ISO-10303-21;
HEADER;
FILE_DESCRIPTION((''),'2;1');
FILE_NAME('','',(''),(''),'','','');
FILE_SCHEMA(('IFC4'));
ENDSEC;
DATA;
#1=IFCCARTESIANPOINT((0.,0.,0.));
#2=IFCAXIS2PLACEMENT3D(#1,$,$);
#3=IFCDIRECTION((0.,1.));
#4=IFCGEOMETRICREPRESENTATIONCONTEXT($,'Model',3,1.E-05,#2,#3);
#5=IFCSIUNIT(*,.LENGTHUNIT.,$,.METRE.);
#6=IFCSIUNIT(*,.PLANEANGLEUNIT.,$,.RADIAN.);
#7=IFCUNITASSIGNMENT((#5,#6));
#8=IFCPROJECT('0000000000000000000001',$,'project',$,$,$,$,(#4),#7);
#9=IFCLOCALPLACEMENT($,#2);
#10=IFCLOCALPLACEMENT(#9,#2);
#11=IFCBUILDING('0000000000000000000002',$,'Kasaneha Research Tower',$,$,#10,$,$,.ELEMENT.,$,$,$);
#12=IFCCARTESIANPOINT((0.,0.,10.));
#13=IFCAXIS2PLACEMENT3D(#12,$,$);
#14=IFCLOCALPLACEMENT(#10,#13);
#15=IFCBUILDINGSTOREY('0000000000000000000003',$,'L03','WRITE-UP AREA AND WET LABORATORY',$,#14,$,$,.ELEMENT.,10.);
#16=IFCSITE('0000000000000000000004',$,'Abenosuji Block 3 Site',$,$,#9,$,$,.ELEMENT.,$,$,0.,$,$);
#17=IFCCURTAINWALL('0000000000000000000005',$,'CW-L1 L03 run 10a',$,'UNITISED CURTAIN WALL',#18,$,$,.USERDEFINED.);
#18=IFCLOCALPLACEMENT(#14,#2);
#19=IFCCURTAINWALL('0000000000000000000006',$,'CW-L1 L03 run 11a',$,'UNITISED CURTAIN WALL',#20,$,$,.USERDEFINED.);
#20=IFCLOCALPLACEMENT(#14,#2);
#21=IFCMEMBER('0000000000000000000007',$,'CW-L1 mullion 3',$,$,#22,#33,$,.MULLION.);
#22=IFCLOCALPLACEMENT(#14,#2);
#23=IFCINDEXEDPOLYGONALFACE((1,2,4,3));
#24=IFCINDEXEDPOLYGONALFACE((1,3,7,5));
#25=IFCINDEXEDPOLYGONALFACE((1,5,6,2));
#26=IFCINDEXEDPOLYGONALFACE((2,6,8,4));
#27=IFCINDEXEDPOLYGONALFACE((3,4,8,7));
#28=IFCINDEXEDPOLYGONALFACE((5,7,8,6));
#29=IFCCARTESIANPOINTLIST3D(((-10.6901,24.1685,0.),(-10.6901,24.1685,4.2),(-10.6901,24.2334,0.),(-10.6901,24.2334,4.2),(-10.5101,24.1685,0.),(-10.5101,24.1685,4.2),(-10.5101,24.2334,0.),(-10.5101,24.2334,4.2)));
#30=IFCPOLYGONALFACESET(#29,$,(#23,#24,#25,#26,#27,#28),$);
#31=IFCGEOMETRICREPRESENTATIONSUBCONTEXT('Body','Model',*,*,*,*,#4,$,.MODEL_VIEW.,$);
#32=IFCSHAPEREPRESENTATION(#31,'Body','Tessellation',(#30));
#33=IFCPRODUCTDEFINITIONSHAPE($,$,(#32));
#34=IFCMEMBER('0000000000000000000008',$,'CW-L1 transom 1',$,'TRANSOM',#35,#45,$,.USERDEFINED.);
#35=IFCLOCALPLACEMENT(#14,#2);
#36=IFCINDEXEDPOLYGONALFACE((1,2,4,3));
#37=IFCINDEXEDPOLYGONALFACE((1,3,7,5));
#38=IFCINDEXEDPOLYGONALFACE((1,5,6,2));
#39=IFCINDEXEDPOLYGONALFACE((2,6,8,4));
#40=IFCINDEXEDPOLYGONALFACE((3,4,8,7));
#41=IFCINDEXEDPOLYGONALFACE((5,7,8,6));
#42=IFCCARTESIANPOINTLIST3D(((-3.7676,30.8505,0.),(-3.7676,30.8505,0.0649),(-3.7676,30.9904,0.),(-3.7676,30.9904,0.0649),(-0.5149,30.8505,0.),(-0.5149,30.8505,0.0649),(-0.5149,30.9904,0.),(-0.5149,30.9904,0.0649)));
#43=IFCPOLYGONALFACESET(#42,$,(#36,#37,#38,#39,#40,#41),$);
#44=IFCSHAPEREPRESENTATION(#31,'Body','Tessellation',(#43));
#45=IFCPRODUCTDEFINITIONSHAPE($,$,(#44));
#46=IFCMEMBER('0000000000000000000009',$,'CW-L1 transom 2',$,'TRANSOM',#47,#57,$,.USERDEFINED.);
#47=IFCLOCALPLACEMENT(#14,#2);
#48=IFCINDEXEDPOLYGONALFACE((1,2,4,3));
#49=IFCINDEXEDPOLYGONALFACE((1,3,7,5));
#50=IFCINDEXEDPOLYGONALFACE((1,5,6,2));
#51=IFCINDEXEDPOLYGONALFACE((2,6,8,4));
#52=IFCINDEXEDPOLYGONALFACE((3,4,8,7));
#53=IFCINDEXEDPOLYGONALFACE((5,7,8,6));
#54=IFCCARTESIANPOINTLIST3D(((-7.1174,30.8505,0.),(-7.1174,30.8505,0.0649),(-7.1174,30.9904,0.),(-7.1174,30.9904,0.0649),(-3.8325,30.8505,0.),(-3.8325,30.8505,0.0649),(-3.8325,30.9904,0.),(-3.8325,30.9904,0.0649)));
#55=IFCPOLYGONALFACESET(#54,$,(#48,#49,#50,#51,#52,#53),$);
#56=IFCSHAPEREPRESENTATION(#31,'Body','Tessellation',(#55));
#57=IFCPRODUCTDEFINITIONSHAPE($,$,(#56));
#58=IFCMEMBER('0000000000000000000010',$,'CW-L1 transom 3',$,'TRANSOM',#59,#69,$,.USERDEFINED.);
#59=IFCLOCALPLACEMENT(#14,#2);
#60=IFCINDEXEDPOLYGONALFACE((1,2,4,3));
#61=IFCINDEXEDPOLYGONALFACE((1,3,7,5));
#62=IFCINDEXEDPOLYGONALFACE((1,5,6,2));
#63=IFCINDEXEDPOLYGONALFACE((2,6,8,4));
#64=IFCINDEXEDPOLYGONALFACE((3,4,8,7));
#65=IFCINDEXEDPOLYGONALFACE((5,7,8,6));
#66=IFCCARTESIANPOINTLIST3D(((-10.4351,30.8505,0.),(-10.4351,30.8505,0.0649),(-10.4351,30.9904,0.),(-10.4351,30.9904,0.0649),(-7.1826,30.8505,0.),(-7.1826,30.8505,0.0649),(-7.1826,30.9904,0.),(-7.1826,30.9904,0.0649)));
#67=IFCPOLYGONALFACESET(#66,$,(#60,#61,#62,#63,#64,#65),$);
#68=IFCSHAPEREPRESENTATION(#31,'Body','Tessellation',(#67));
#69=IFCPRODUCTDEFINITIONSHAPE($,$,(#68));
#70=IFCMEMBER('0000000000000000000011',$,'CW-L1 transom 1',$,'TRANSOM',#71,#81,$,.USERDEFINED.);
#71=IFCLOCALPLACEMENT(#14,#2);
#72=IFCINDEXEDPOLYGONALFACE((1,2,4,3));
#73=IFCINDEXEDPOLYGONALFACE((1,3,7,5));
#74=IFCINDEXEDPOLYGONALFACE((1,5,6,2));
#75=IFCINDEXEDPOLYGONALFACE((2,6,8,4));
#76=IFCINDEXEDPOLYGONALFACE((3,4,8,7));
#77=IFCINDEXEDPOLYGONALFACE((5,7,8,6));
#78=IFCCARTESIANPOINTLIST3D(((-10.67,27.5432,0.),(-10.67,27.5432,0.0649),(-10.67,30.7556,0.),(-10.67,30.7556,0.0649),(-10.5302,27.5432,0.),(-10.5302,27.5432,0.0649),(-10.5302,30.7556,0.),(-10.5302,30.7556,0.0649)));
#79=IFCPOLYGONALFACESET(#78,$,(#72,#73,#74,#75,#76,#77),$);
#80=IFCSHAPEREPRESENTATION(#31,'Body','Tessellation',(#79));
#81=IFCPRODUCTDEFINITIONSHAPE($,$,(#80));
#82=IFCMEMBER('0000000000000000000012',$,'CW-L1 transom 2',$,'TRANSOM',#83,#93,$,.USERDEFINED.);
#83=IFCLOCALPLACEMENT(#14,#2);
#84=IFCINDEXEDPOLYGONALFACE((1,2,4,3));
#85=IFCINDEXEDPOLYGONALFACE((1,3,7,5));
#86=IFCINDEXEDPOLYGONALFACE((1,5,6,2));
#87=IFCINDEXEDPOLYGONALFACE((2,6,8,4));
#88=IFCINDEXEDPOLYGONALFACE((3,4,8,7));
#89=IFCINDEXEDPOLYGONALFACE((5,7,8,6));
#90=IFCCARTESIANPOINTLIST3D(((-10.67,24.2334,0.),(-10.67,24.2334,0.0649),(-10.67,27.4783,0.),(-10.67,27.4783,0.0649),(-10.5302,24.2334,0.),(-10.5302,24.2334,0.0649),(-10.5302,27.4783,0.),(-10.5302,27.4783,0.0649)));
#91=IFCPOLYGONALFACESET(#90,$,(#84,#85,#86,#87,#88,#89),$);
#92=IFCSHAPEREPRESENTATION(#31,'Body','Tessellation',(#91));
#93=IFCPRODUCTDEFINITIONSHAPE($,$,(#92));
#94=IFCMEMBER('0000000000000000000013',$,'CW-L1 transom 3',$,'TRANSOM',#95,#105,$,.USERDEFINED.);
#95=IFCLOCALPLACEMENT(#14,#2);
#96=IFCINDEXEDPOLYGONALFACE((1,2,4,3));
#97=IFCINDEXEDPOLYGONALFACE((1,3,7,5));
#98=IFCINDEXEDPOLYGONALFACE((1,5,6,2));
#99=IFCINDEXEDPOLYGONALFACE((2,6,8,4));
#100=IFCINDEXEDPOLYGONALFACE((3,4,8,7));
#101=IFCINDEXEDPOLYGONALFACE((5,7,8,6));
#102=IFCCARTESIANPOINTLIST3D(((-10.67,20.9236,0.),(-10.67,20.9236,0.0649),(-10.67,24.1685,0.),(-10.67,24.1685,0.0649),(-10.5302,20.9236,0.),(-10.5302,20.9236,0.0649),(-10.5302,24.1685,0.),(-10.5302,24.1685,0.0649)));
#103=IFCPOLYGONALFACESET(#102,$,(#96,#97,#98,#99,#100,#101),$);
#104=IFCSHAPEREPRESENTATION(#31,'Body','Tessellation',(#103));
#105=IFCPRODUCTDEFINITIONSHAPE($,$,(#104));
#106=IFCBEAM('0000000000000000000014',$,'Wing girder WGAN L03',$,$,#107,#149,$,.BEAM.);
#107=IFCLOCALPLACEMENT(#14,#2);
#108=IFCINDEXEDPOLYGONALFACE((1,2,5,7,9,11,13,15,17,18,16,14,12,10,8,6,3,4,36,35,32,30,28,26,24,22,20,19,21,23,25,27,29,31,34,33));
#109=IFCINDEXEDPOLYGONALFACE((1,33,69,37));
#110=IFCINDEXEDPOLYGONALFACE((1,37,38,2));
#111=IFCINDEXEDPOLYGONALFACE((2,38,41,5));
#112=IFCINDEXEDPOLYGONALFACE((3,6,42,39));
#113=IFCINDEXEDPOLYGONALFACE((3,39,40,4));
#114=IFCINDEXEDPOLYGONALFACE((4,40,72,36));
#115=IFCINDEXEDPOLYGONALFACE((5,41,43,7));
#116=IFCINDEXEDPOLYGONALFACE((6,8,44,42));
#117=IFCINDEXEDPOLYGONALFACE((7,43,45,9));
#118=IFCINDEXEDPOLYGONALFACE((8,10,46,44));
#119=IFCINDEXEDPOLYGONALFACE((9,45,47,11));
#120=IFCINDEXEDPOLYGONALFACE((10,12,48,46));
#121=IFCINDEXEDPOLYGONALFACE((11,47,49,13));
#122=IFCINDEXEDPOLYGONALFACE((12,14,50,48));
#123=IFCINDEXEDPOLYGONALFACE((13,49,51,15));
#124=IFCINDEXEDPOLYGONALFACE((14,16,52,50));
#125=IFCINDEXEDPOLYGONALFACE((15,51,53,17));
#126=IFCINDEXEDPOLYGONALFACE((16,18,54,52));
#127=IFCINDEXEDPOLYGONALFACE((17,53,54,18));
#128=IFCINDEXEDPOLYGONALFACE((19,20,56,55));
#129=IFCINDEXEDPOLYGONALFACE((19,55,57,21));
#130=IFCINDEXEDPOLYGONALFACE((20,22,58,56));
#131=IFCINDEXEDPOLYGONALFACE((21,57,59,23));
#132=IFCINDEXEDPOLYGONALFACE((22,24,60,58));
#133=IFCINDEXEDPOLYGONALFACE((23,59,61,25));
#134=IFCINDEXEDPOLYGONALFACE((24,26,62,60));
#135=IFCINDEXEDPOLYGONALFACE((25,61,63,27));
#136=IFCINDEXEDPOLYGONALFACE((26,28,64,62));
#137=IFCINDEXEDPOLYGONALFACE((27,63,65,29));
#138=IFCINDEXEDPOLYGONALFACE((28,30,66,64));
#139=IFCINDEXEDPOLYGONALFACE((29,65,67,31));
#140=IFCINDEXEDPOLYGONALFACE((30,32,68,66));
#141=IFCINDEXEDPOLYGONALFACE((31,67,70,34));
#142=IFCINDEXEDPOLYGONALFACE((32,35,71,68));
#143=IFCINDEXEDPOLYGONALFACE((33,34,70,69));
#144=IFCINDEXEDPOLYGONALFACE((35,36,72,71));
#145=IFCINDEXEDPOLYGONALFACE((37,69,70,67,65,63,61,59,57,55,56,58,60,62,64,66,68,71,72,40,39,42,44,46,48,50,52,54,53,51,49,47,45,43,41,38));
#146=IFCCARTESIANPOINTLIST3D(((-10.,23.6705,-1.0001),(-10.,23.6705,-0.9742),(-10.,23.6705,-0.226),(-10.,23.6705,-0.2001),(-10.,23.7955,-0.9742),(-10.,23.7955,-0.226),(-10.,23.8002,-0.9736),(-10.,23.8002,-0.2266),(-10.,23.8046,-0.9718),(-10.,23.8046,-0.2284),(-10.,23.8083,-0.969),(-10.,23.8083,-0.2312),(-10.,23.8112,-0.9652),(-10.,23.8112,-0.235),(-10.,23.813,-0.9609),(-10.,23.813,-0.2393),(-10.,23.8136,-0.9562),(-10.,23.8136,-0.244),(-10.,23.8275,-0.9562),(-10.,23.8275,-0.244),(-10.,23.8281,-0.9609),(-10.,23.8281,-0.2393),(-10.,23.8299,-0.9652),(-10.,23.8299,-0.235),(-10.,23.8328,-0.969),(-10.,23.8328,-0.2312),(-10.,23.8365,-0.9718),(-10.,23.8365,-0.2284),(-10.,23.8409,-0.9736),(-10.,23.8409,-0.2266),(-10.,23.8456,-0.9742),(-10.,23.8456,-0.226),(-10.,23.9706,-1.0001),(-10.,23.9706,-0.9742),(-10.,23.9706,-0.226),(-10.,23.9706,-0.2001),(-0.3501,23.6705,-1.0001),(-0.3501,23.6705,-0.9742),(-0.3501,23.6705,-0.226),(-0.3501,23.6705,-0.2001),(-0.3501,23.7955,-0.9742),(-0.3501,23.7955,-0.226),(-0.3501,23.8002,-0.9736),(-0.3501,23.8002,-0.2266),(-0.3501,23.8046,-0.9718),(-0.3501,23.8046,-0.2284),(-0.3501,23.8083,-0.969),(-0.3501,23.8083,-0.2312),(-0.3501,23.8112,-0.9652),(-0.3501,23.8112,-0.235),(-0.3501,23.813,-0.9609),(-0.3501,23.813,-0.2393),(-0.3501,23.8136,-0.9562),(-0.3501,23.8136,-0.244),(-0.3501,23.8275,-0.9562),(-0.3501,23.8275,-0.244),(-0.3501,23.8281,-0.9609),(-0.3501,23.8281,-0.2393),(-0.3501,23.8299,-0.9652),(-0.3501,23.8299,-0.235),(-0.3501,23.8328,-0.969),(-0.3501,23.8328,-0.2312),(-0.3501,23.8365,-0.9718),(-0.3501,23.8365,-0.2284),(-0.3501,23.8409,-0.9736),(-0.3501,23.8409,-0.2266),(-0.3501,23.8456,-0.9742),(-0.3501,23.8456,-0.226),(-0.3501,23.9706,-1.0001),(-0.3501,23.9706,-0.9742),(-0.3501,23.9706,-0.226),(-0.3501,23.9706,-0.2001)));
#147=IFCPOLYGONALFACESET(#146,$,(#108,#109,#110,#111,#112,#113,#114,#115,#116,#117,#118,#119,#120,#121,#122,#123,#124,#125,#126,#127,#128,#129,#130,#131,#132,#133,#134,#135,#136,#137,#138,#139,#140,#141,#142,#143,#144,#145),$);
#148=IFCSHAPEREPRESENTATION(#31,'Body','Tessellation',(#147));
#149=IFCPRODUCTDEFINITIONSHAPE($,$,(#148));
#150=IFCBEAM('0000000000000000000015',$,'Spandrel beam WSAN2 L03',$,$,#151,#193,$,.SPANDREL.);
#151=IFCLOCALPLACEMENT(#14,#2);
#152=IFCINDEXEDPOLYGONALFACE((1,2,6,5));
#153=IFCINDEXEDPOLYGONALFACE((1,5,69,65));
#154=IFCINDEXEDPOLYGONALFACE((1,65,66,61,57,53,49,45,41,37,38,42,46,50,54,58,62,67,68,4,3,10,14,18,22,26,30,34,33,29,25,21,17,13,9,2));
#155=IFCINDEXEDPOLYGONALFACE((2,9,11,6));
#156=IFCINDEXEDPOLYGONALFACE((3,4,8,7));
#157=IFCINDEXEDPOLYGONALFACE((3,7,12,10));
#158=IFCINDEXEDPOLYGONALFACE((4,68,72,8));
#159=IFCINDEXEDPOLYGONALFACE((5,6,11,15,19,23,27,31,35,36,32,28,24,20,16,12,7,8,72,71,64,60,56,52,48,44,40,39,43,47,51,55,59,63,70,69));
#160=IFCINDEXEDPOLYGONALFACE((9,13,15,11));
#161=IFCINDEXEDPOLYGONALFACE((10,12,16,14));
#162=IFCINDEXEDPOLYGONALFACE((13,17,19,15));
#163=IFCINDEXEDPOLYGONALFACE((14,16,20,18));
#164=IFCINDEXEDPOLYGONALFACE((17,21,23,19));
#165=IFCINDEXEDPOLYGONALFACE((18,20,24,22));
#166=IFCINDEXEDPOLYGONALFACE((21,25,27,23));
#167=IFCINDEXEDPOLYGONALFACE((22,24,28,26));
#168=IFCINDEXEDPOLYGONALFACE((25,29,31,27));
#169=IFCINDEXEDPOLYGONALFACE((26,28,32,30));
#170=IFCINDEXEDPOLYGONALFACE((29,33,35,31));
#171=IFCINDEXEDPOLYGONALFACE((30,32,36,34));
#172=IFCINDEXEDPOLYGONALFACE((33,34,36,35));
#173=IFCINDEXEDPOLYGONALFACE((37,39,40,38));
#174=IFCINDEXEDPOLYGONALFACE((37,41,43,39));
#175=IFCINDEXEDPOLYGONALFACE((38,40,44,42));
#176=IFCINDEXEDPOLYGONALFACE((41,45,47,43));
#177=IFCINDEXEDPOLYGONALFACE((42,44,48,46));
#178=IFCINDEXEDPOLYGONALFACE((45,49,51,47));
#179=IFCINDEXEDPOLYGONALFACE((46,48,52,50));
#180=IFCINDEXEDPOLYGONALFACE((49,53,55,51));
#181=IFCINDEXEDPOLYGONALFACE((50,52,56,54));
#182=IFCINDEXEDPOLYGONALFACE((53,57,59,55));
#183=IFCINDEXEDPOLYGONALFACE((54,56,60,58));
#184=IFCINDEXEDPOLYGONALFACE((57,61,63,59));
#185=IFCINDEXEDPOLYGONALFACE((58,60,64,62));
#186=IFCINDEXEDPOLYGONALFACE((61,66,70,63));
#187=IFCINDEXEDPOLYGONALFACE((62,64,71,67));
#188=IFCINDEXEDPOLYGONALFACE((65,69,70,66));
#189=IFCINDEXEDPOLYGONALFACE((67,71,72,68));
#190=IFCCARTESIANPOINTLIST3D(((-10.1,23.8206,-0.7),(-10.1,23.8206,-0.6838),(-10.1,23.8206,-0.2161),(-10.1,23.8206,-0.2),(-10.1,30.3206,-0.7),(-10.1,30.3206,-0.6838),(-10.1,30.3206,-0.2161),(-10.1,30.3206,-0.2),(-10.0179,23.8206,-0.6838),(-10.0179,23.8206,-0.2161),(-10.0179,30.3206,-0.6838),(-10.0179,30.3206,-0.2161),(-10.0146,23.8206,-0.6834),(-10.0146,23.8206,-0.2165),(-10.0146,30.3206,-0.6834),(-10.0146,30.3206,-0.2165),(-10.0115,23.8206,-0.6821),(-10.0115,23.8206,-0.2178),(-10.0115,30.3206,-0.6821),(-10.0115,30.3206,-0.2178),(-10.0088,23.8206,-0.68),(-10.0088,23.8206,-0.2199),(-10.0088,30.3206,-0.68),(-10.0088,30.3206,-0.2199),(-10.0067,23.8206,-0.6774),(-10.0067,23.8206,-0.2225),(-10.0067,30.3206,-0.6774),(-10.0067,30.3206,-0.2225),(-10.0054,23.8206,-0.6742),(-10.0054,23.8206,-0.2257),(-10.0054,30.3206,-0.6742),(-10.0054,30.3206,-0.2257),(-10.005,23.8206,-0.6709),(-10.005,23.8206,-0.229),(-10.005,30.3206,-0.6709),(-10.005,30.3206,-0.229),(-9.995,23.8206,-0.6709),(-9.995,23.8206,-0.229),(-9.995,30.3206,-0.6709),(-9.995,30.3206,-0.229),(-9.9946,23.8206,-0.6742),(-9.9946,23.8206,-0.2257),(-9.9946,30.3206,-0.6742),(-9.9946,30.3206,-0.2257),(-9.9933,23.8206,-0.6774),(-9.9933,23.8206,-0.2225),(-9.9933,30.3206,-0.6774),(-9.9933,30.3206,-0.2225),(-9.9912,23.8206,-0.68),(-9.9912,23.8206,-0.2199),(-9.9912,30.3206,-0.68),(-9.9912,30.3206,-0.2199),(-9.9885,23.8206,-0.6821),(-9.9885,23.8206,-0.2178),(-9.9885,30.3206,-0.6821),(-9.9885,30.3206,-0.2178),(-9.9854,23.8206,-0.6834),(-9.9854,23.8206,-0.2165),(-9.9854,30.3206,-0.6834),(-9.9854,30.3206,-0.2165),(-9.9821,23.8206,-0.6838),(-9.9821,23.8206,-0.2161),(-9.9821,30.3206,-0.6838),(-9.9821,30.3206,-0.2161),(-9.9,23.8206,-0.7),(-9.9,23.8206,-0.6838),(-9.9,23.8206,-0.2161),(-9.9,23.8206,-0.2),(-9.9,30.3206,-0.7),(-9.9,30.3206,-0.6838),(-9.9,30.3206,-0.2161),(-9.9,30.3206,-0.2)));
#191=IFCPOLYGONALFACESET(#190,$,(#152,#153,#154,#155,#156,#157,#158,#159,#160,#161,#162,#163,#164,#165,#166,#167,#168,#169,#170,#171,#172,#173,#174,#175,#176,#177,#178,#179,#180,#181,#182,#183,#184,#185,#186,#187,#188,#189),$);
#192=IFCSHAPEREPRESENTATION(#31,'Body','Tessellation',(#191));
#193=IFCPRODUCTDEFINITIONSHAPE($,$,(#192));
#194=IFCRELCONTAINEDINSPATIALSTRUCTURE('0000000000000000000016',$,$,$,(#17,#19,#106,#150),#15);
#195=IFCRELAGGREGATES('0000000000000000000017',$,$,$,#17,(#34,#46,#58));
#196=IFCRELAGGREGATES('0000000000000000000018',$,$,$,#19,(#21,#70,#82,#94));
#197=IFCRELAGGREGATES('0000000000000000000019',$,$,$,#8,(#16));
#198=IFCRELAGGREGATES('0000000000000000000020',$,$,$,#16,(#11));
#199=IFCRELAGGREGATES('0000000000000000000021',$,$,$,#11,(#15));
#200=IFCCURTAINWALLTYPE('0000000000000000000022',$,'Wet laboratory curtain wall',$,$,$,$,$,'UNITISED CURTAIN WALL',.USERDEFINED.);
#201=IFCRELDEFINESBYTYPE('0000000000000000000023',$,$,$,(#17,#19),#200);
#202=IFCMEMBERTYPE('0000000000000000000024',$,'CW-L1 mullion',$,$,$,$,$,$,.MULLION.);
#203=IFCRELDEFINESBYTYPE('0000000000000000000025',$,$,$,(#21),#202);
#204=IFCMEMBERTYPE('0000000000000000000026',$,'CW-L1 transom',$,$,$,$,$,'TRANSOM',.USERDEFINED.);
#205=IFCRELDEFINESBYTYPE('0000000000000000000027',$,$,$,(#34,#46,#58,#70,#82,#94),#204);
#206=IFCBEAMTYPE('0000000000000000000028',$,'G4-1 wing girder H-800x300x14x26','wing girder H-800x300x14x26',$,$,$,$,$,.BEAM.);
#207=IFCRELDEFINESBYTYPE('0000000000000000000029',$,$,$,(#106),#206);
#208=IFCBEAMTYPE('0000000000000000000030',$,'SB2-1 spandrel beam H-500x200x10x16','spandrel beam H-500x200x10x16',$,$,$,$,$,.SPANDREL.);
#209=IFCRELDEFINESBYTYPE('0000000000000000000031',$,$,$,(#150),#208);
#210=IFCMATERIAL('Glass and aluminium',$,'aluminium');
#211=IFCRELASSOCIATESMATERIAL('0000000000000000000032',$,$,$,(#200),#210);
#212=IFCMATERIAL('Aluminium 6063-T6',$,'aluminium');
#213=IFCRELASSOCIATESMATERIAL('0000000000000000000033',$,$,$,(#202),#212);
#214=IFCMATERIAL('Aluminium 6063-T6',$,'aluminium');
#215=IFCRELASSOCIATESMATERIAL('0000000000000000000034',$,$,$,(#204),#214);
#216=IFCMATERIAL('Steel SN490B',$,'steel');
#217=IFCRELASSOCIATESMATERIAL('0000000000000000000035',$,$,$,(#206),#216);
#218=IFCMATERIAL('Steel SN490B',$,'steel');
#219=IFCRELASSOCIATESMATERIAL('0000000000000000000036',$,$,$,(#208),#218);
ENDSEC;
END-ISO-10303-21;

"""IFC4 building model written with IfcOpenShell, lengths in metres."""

from ifc_helpers import new_model, si_unit, direction, frame, origin, origin_2d, place, context, subcontext, project, spatial, rectangle, i_section, extrude, material, material_profile, profile_set, type_object, element, aggregate, save


model = new_model("IFC4")

# Units and contexts
model_context = context("Model", 3, precision=1e-05, world=origin(), true_north=direction((0.0, 1.0)))
body_context = subcontext(model_context, "Body", "Model", "MODEL_VIEW")
ifc_project = project(units=[si_unit("LENGTHUNIT", "METRE"), si_unit("PLANEANGLEUNIT", "RADIAN")], contexts=[model_context])

# Site, building, storey
site_placement = place(None, origin())
site = spatial("IfcSite", under=ifc_project, at=site_placement, Name="Abenosuji Block 3 Site", CompositionType="ELEMENT", RefElevation=0.0)
building_placement = place(site_placement, origin())
building = spatial("IfcBuilding", under=site, at=building_placement, Name="Kasaneha Research Tower", CompositionType="ELEMENT")
storey_placement = place(building_placement, frame((0.0, 0.0, 10.0)))
storey = spatial("IfcBuildingStorey", under=building, at=storey_placement, Name="L03", Description="WRITE-UP AREA AND WET LABORATORY", CompositionType="ELEMENT", Elevation=10.0)

# Curtain walls, member
ifc_material_1 = material(Name="Glass and aluminium", Category="aluminium")
curtain_wall_type = type_object("IfcCurtainWallType", Name="Wet laboratory curtain wall", ElementType="UNITISED CURTAIN WALL", PredefinedType="USERDEFINED", material=ifc_material_1)
curtain_wall_1_placement = place(storey_placement, origin())
curtain_wall_1 = element("IfcCurtainWall", 1, at=curtain_wall_1_placement, inside=storey, type_object=curtain_wall_type, Name="CW-L1 L03 run 10a", ObjectType="UNITISED CURTAIN WALL", PredefinedType="USERDEFINED")
ifc_material_2 = material(Name="Aluminium 6063-T6", Category="aluminium")
ifc_material_profile_1 = material_profile(ifc_material_2, rectangle(XDim=0.0649, YDim=0.1799, at=origin_2d()), Name="CW-L1 mullion 65x180")
ifc_profile_set_1 = profile_set([ifc_material_profile_1], Name="Aluminium 6063-T6")
member_type_1 = type_object("IfcMemberType", Name="CW-L1 mullion", PredefinedType="MULLION", material=ifc_profile_set_1)
curtain_wall_2_placement = place(storey_placement, origin())
curtain_wall_2 = element("IfcCurtainWall", 2, at=curtain_wall_2_placement, inside=storey, type_object=curtain_wall_type, Name="CW-L1 L03 run 11a", ObjectType="UNITISED CURTAIN WALL", PredefinedType="USERDEFINED")
member_1_placement = place(storey_placement, frame((-10.6001, 24.2009, 0.0), z_axis=(0.0, 0.0, 1.0), x_axis=(0.0, -1.0, 0.0)))
member_1 = element("IfcMember", 3, at=member_1_placement, type_object=member_type_1, Name="CW-L1 mullion 3", PredefinedType="MULLION", context=body_context, shape_type="SweptSolid", body=[
    extrude(rectangle(XDim=0.0649, YDim=0.1799, at=origin_2d()), origin(), (0.0, 0.0, 1.0), 4.2),
])

# Members
ifc_material_3 = material(Name="Aluminium 6063-T6", Category="aluminium")
ifc_material_profile_2 = material_profile(ifc_material_3, rectangle(XDim=0.1399, YDim=0.0649, at=origin_2d()), Name="CW-L1 transom 140x65")
ifc_profile_set_2 = profile_set([ifc_material_profile_2], Name="Aluminium 6063-T6")
member_type_2 = type_object("IfcMemberType", Name="CW-L1 transom", ElementType="TRANSOM", PredefinedType="USERDEFINED", material=ifc_profile_set_2)
member_2_placement = place(storey_placement, frame((-0.5149, 30.9204, 0.0325), z_axis=(-1.0, 0.0, 0.0), x_axis=(0.0, -1.0, 0.0)))
member_2 = element("IfcMember", 4, at=member_2_placement, type_object=member_type_2, Name="CW-L1 transom 1", ObjectType="TRANSOM", PredefinedType="USERDEFINED", context=body_context, shape_type="SweptSolid", body=[
    extrude(rectangle(XDim=0.1399, YDim=0.0649, at=origin_2d()), origin(), (0.0, 0.0, 1.0), 3.2527),
])
member_3_placement = place(storey_placement, frame((-3.8325, 30.9204, 0.0325), z_axis=(-1.0, 0.0, 0.0), x_axis=(0.0, -1.0, 0.0)))
member_3 = element("IfcMember", 5, at=member_3_placement, type_object=member_type_2, Name="CW-L1 transom 2", ObjectType="TRANSOM", PredefinedType="USERDEFINED", context=body_context, shape_type="SweptSolid", body=[
    extrude(rectangle(XDim=0.1399, YDim=0.0649, at=origin_2d()), origin(), (0.0, 0.0, 1.0), 3.2849),
])
member_4_placement = place(storey_placement, frame((-7.1826, 30.9204, 0.0325), z_axis=(-1.0, 0.0, 0.0), x_axis=(0.0, -1.0, 0.0)))
member_4 = element("IfcMember", 6, at=member_4_placement, type_object=member_type_2, Name="CW-L1 transom 3", ObjectType="TRANSOM", PredefinedType="USERDEFINED", context=body_context, shape_type="SweptSolid", body=[
    extrude(rectangle(XDim=0.1399, YDim=0.0649, at=origin_2d()), origin(), (0.0, 0.0, 1.0), 3.2524),
])
member_5_placement = place(storey_placement, frame((-10.6001, 30.7556, 0.0325), z_axis=(0.0, -1.0, 0.0), x_axis=(1.0, 0.0, 0.0)))
member_5 = element("IfcMember", 7, at=member_5_placement, type_object=member_type_2, Name="CW-L1 transom 1", ObjectType="TRANSOM", PredefinedType="USERDEFINED", context=body_context, shape_type="SweptSolid", body=[
    extrude(rectangle(XDim=0.1399, YDim=0.0649, at=origin_2d()), origin(), (0.0, 0.0, 1.0), 3.2124),
])
member_6_placement = place(storey_placement, frame((-10.6001, 27.4783, 0.0325), z_axis=(0.0, -1.0, 0.0), x_axis=(1.0, 0.0, 0.0)))
member_6 = element("IfcMember", 8, at=member_6_placement, type_object=member_type_2, Name="CW-L1 transom 2", ObjectType="TRANSOM", PredefinedType="USERDEFINED", context=body_context, shape_type="SweptSolid", body=[
    extrude(rectangle(XDim=0.1399, YDim=0.0649, at=origin_2d()), origin(), (0.0, 0.0, 1.0), 3.2449),
])
member_7_placement = place(storey_placement, frame((-10.6001, 24.1685, 0.0325), z_axis=(0.0, -1.0, 0.0), x_axis=(1.0, 0.0, 0.0)))
member_7 = element("IfcMember", 9, at=member_7_placement, type_object=member_type_2, Name="CW-L1 transom 3", ObjectType="TRANSOM", PredefinedType="USERDEFINED", context=body_context, shape_type="SweptSolid", body=[
    extrude(rectangle(XDim=0.1399, YDim=0.0649, at=origin_2d()), origin(), (0.0, 0.0, 1.0), 3.2449),
])

# Beams
ifc_material_4 = material(Name="Steel SN490B", Category="steel")
ifc_material_profile_3 = material_profile(ifc_material_4, i_section(OverallWidth=0.3, OverallDepth=0.8, WebThickness=0.0139, FlangeThickness=0.0259, FilletRadius=0.0181, at=origin_2d()), Name="H-800x300x14x26")
ifc_profile_set_3 = profile_set([ifc_material_profile_3], Name="Steel SN490B")
beam_type_1 = type_object("IfcBeamType", Name="G4-1 wing girder H-800x300x14x26", Description="wing girder H-800x300x14x26", PredefinedType="BEAM", material=ifc_profile_set_3)
beam_1_placement = place(storey_placement, frame((-10.0, 23.8206, -0.6001), z_axis=(1.0, 0.0, 0.0), x_axis=(0.0, 1.0, 0.0)))
element("IfcBeam", 10, at=beam_1_placement, inside=storey, type_object=beam_type_1, Name="Wing girder WGAN L03", PredefinedType="BEAM", context=body_context, shape_type="SweptSolid", body=[
    extrude(i_section(OverallWidth=0.3, OverallDepth=0.8, WebThickness=0.0139, FlangeThickness=0.0259, FilletRadius=0.0181, at=origin_2d()), origin(), (0.0, 0.0, 1.0), 9.6499),
])
ifc_material_5 = material(Name="Steel SN490B", Category="steel")
ifc_material_profile_4 = material_profile(ifc_material_5, i_section(OverallWidth=0.2, OverallDepth=0.5, WebThickness=0.01, FlangeThickness=0.0161, FilletRadius=0.0129, at=origin_2d()), Name="H-500x200x10x16")
ifc_profile_set_4 = profile_set([ifc_material_profile_4], Name="Steel SN490B")
beam_type_2 = type_object("IfcBeamType", Name="SB2-1 spandrel beam H-500x200x10x16", Description="spandrel beam H-500x200x10x16", PredefinedType="SPANDREL", material=ifc_profile_set_4)
beam_2_placement = place(storey_placement, frame((-10.0, 23.8206, -0.45), z_axis=(0.0, 1.0, 0.0), x_axis=(-1.0, 0.0, 0.0)))
element("IfcBeam", 11, at=beam_2_placement, inside=storey, type_object=beam_type_2, Name="Spandrel beam WSAN2 L03", PredefinedType="SPANDREL", context=body_context, shape_type="SweptSolid", body=[
    extrude(i_section(OverallWidth=0.2, OverallDepth=0.5, WebThickness=0.01, FlangeThickness=0.0161, FilletRadius=0.0129, at=origin_2d()), origin(), (0.0, 0.0, 1.0), 6.5),
])

aggregate(curtain_wall_1, [member_2, member_3, member_4])
aggregate(curtain_wall_2, [member_1, member_5, member_6, member_7])

save(model, "model.ifc")
